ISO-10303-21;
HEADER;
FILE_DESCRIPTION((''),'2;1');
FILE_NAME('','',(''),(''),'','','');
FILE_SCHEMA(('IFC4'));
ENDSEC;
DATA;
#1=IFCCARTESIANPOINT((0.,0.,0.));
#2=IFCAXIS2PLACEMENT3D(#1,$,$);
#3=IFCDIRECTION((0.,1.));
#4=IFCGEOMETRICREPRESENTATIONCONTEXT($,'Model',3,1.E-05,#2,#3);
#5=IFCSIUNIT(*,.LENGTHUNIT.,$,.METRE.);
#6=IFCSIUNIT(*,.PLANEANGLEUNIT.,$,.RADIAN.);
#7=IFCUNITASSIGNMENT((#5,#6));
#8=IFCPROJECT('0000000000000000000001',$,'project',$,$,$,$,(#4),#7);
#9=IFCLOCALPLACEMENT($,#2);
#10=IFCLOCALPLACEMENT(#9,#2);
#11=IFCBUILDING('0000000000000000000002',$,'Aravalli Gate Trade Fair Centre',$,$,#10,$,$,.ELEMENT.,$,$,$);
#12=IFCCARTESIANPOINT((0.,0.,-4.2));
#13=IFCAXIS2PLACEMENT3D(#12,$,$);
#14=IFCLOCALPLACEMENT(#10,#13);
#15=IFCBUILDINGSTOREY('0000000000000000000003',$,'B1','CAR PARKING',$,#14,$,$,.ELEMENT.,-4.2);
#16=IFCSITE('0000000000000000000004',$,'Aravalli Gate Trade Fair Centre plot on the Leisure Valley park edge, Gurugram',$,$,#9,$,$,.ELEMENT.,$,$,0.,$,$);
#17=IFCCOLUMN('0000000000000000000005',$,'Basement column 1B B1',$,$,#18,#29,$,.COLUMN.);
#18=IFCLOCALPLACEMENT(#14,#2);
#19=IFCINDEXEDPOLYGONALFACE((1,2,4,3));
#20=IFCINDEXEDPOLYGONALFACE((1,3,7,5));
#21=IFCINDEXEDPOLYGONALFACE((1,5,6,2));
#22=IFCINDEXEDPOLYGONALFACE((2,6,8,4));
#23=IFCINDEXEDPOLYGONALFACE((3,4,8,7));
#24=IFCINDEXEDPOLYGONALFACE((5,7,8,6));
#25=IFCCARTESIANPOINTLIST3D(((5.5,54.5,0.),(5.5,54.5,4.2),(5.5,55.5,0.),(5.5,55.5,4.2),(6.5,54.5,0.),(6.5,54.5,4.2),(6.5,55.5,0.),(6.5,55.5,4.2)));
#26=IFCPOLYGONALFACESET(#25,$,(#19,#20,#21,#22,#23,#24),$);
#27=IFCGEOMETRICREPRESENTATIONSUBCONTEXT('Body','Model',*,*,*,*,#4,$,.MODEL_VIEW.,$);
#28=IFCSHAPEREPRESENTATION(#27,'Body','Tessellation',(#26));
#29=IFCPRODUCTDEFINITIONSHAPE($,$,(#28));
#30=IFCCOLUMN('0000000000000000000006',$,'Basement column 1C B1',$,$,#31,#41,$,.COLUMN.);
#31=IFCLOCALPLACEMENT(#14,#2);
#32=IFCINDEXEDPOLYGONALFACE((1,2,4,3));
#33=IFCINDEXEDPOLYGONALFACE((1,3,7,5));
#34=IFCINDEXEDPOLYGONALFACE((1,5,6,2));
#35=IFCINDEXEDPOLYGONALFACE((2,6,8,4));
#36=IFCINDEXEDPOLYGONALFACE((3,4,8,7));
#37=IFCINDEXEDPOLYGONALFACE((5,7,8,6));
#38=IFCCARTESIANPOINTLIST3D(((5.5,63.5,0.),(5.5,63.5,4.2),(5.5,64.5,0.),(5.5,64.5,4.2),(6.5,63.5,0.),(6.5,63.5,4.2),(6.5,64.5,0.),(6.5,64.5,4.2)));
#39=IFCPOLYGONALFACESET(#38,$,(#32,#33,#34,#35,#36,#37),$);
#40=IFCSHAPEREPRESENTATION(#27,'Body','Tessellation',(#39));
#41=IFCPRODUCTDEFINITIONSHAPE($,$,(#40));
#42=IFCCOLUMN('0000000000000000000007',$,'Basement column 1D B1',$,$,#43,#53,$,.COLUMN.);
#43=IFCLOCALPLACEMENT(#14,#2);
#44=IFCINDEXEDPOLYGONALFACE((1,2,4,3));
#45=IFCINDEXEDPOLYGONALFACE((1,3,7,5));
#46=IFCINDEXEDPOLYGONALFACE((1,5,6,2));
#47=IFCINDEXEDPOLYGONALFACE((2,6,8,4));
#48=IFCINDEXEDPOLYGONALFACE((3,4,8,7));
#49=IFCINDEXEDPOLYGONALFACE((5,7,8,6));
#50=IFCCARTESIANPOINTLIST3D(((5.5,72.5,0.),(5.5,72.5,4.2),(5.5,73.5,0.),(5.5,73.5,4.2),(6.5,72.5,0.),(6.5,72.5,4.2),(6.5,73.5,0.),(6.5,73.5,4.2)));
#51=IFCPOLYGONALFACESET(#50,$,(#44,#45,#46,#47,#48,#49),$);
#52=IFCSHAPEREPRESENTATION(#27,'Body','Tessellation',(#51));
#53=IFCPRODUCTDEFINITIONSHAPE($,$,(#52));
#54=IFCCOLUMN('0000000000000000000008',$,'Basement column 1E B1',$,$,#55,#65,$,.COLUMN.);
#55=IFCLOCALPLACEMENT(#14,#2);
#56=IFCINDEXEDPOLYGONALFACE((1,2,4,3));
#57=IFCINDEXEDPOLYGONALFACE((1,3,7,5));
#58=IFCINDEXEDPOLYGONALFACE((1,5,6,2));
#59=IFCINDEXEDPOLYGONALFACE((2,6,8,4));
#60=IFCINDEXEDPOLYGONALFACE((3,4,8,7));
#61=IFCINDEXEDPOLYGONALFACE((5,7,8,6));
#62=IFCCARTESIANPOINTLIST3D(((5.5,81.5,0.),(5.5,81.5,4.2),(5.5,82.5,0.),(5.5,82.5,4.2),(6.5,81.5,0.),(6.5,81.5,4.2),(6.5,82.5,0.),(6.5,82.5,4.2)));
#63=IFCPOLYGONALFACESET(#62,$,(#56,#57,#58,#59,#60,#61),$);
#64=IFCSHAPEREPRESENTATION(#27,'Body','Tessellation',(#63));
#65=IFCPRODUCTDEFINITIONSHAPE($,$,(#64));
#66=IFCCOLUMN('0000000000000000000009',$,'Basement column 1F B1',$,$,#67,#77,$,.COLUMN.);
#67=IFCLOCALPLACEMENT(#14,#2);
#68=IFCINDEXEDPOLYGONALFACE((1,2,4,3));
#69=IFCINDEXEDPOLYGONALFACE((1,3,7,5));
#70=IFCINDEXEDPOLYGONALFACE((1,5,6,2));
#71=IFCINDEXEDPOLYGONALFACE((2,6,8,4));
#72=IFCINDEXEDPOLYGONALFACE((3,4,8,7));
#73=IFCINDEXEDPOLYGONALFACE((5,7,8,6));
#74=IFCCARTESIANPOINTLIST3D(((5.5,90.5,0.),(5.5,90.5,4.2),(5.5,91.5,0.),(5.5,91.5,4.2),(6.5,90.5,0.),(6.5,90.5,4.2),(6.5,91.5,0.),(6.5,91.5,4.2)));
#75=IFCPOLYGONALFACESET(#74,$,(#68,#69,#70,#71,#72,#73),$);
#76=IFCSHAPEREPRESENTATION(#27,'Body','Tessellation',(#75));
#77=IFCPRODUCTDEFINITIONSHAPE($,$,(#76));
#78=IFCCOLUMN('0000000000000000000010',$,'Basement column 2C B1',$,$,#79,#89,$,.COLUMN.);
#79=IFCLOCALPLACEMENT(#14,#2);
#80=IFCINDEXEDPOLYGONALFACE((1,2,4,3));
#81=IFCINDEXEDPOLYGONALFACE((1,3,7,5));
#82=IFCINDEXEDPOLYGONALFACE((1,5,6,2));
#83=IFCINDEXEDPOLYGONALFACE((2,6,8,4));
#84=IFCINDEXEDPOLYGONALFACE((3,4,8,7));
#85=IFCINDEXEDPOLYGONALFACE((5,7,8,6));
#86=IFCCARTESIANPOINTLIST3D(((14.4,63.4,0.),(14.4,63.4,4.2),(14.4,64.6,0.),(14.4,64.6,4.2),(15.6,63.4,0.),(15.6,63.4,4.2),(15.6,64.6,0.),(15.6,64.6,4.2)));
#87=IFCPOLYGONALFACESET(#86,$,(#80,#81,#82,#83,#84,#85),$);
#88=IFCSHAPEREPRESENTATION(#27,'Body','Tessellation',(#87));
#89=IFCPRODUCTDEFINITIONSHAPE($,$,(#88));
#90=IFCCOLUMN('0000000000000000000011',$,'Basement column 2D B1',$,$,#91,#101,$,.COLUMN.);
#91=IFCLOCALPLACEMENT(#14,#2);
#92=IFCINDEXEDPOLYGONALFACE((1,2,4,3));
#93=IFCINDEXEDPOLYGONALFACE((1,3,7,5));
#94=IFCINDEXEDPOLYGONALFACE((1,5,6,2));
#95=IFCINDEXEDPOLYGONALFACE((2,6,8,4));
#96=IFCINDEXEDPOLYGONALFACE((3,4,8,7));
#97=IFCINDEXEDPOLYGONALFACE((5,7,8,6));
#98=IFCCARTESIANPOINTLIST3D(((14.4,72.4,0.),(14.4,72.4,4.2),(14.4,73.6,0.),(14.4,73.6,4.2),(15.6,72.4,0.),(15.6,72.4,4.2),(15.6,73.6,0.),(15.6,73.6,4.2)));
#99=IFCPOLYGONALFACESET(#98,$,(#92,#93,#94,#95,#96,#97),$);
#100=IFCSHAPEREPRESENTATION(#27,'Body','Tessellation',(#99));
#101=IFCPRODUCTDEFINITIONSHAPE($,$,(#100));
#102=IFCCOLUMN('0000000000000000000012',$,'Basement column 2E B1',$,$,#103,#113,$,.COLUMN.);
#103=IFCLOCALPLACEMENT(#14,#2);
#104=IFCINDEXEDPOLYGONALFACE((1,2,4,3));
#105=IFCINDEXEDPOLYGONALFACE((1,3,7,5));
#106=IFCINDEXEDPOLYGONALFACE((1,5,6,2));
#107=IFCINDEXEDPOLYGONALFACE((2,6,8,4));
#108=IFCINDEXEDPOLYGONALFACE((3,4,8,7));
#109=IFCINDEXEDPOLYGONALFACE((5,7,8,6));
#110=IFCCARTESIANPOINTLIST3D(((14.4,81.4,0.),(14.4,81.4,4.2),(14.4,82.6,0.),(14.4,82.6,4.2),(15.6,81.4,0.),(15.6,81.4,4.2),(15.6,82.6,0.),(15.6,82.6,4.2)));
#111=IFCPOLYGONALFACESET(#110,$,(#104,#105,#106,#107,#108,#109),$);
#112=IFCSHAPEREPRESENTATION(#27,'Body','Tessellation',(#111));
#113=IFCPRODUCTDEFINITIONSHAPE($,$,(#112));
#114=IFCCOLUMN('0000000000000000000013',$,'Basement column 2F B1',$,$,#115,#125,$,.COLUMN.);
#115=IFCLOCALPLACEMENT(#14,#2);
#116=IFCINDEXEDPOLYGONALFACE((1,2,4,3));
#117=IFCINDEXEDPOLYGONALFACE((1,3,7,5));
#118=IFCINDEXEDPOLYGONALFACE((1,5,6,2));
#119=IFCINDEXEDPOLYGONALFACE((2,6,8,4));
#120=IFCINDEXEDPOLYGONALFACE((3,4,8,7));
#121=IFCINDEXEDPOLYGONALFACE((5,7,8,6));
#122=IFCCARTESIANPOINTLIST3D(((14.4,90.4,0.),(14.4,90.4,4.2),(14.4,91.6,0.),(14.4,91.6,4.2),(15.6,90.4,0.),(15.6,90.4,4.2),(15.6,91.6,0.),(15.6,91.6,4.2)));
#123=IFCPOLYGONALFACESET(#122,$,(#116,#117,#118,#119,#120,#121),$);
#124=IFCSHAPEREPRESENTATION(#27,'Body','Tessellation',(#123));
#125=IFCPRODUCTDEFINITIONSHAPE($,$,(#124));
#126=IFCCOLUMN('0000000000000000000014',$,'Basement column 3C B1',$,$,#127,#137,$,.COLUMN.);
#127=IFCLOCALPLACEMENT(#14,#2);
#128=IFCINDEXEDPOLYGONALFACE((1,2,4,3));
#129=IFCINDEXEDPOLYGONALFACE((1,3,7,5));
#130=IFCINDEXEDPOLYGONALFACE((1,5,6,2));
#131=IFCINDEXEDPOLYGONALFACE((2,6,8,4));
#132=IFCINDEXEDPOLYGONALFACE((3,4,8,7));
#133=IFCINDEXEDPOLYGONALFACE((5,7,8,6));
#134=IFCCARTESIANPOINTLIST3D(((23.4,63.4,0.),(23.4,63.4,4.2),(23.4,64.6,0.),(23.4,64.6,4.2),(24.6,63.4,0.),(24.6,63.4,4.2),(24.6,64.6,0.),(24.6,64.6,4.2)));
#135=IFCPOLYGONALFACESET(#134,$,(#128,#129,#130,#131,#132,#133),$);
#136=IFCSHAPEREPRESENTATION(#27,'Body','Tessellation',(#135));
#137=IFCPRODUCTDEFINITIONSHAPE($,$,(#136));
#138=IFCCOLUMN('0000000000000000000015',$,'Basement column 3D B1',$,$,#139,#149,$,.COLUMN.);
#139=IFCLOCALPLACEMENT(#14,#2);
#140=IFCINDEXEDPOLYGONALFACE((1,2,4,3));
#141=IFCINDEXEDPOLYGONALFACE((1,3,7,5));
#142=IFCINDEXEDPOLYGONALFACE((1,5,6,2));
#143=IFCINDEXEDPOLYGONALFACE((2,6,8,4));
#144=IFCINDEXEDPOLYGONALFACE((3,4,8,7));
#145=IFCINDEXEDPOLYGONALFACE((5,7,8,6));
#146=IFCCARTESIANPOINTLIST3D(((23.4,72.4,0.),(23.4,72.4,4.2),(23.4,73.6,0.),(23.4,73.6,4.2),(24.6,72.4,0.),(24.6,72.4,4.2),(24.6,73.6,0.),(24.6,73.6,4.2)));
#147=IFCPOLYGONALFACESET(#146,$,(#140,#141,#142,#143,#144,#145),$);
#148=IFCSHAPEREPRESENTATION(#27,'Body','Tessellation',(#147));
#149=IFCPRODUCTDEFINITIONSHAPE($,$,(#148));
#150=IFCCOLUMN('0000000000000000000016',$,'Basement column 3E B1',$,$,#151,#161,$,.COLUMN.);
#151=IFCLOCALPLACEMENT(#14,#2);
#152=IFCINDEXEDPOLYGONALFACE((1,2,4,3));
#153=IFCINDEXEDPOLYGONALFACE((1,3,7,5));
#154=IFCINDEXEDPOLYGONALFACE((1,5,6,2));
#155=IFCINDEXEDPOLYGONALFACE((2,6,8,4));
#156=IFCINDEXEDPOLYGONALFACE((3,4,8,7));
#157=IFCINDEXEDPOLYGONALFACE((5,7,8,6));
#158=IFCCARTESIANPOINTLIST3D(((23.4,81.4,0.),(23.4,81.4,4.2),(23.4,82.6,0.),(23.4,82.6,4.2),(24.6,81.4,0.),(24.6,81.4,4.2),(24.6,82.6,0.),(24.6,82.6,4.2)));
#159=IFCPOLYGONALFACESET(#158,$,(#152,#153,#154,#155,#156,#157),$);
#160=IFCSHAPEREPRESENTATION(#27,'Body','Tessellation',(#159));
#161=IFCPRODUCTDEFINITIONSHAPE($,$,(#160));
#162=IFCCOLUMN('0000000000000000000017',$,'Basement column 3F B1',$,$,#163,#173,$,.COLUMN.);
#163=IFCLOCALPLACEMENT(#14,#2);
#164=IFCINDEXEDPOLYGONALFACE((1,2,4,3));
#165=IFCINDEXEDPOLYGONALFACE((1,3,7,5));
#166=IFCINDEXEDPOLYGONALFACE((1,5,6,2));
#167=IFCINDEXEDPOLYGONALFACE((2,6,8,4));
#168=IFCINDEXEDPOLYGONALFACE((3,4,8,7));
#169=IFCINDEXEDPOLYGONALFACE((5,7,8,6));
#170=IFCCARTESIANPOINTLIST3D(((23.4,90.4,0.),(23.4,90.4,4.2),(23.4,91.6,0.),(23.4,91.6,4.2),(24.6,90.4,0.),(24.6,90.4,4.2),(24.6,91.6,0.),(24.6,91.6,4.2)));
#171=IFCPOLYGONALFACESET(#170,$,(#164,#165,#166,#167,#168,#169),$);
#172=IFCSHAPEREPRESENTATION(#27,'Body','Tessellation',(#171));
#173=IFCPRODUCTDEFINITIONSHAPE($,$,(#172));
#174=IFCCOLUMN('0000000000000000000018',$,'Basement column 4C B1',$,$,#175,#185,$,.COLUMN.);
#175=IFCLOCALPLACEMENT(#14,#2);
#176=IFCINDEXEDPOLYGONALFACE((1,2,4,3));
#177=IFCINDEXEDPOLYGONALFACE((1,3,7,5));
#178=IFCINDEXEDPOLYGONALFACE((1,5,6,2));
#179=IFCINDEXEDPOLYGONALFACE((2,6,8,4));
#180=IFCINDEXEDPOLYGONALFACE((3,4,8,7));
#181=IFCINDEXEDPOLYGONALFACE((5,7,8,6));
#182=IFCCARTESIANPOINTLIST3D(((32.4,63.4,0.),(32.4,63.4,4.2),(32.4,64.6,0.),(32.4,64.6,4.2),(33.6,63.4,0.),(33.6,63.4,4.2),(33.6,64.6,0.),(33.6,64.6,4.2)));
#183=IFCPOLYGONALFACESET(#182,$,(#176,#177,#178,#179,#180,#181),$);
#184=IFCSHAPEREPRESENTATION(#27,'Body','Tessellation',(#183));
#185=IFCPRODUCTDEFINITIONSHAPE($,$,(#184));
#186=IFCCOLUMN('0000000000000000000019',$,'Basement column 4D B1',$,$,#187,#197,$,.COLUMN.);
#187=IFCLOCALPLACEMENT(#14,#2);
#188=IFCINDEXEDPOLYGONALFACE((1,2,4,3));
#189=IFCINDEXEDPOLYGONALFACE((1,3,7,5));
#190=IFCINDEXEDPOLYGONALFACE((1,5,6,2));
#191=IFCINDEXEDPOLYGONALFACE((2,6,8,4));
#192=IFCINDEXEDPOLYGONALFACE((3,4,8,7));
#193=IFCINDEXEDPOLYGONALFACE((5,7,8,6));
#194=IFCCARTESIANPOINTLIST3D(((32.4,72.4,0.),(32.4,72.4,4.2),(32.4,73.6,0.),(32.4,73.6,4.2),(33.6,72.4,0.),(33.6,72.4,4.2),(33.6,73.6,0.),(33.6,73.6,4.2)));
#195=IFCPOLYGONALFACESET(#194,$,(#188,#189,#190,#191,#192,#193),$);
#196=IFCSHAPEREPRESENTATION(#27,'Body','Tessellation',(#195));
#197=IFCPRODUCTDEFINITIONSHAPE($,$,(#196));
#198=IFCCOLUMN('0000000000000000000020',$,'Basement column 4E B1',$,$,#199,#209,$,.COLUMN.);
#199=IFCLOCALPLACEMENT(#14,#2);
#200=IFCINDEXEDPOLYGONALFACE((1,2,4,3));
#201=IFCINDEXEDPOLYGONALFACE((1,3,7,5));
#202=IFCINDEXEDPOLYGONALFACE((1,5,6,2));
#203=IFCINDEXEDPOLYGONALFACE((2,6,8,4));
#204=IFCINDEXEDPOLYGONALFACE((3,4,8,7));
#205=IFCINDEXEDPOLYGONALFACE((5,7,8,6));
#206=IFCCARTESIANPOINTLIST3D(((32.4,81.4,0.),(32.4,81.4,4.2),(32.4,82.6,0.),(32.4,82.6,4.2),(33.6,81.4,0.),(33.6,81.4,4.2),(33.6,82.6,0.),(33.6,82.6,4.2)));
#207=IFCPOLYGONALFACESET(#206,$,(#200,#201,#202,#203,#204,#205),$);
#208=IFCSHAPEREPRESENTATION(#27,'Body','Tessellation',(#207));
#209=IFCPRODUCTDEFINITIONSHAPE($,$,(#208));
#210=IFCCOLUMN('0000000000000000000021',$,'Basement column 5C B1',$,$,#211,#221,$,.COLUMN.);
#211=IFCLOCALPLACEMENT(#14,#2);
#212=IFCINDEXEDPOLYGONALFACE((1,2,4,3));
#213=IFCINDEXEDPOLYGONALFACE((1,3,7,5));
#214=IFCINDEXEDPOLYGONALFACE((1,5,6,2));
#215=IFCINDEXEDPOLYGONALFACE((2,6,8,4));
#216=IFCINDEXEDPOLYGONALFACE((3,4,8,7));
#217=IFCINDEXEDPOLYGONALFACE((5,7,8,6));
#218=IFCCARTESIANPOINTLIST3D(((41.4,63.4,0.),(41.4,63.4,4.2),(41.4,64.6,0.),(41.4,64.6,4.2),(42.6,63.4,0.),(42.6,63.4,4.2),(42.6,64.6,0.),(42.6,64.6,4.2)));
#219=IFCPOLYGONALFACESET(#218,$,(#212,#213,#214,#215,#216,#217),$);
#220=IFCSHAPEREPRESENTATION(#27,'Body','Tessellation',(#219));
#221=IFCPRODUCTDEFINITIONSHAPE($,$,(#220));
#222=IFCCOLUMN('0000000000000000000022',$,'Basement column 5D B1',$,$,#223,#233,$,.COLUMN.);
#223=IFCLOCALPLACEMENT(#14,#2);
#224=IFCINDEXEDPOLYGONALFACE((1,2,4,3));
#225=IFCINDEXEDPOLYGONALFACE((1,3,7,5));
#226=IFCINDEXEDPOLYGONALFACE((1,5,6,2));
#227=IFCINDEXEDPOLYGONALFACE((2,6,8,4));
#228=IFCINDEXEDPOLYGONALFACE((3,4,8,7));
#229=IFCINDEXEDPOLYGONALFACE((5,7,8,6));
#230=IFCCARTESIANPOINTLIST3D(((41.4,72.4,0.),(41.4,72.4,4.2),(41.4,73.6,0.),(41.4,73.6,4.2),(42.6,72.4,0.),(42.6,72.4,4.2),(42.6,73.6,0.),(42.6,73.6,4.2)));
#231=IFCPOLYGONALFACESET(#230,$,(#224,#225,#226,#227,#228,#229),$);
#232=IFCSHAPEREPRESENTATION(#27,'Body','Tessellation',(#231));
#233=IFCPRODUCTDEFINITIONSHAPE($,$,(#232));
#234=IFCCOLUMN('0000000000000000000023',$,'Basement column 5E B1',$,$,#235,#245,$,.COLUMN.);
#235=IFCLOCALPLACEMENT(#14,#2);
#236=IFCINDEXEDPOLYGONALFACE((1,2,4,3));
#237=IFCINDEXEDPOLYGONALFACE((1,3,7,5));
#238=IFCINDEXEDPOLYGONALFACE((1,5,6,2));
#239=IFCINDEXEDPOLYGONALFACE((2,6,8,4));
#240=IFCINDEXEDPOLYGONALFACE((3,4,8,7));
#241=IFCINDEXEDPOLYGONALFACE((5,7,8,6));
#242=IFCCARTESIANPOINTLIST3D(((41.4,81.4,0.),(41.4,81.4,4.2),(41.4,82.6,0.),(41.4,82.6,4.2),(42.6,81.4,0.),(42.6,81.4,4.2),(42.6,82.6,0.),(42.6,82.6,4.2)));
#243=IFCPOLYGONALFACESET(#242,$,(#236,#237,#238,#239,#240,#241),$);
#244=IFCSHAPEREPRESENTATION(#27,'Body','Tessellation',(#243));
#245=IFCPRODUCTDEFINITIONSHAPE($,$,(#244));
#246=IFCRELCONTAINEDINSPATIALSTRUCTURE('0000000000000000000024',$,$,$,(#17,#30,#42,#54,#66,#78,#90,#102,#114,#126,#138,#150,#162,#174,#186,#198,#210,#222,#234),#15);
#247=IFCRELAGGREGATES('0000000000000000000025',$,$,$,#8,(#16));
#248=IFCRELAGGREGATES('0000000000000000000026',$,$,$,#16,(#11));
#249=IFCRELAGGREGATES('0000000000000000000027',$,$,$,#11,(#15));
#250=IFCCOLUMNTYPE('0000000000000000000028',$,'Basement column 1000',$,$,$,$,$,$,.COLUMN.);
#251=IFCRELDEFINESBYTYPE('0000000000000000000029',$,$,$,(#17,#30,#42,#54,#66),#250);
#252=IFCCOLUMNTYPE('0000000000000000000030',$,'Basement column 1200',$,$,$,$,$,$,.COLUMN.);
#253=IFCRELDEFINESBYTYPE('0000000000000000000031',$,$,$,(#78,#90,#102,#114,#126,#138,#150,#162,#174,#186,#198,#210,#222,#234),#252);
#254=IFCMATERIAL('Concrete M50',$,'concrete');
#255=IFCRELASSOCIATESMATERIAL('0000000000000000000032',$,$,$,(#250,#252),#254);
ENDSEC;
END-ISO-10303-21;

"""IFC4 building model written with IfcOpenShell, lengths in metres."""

from ifc_helpers import new_model, si_unit, direction, frame, origin, origin_2d, place, context, subcontext, project, spatial, rectangle, extrude, material, material_profile, profile_set, type_object, element, save


model = new_model("IFC4")

# Units and contexts
model_context = context("Model", 3, precision=1e-05, world=origin(), true_north=direction((0.0, 1.0)))
body_context = subcontext(model_context, "Body", "Model", "MODEL_VIEW")
ifc_project = project(units=[si_unit("LENGTHUNIT", "METRE"), si_unit("PLANEANGLEUNIT", "RADIAN")], contexts=[model_context])

# Site, building, storey
site_placement = place(None, origin())
site = spatial("IfcSite", under=ifc_project, at=site_placement, Name="Aravalli Gate Trade Fair Centre plot on the Leisure Valley park edge, Gurugram", CompositionType="ELEMENT", RefElevation=0.0)
building_placement = place(site_placement, origin())
building = spatial("IfcBuilding", under=site, at=building_placement, Name="Aravalli Gate Trade Fair Centre", CompositionType="ELEMENT")
storey_placement = place(building_placement, frame((0.0, 0.0, -4.2)))
storey = spatial("IfcBuildingStorey", under=building, at=storey_placement, Name="B1", Description="CAR PARKING", CompositionType="ELEMENT", Elevation=-4.2)

# Columns
ifc_material_1 = material(Name="Concrete M50", Category="concrete")
ifc_material_profile_1 = material_profile(ifc_material_1, rectangle(XDim=1.0, YDim=1.0, at=origin_2d()), Name="RC 1000 x 1000")
ifc_profile_set_1 = profile_set([ifc_material_profile_1], Name="Concrete M50")
column_type_1 = type_object("IfcColumnType", Name="Basement column 1000", PredefinedType="COLUMN", material=ifc_profile_set_1)
for number, where, z_axis, x_axis, name in (
    (1, (6.0, 55.0, 0.0), (0.0, 0.0, 1.0), (1.0, 0.0, 0.0), "Basement column 1B B1"),
    (2, (6.0, 64.0, 0.0), (0.0, 0.0, 1.0), (1.0, 0.0, 0.0), "Basement column 1C B1"),
    (3, (6.0, 73.0, 0.0), (0.0, 0.0, 1.0), (1.0, 0.0, 0.0), "Basement column 1D B1"),
    (4, (6.0, 82.0, 0.0), (0.0, 0.0, 1.0), (1.0, 0.0, 0.0), "Basement column 1E B1"),
    (5, (6.0, 91.0, 0.0), (0.0, 0.0, 1.0), (1.0, 0.0, 0.0), "Basement column 1F B1"),
):
    element("IfcColumn", number, at=place(storey_placement, frame(where, z_axis=z_axis, x_axis=x_axis)), inside=storey, type_object=column_type_1, Name=name, PredefinedType="COLUMN", context=body_context, shape_type="SweptSolid", body=[
        extrude(rectangle(XDim=1.0, YDim=1.0, at=origin_2d()), origin(), (0.0, 0.0, 1.0), 4.2),
    ])
ifc_material_profile_2 = material_profile(ifc_material_1, rectangle(XDim=1.2, YDim=1.2, at=origin_2d()), Name="RC 1200 x 1200")
ifc_profile_set_2 = profile_set([ifc_material_profile_2], Name="Concrete M50")
column_type_2 = type_object("IfcColumnType", Name="Basement column 1200", PredefinedType="COLUMN", material=ifc_profile_set_2)
for number, where, z_axis, x_axis, name in (
    (6, (15.0, 64.0, 0.0), (0.0, 0.0, 1.0), (1.0, 0.0, 0.0), "Basement column 2C B1"),
    (7, (15.0, 73.0, 0.0), (0.0, 0.0, 1.0), (1.0, 0.0, 0.0), "Basement column 2D B1"),
    (8, (15.0, 82.0, 0.0), (0.0, 0.0, 1.0), (1.0, 0.0, 0.0), "Basement column 2E B1"),
    (9, (15.0, 91.0, 0.0), (0.0, 0.0, 1.0), (1.0, 0.0, 0.0), "Basement column 2F B1"),
    (10, (24.0, 64.0, 0.0), (0.0, 0.0, 1.0), (1.0, 0.0, 0.0), "Basement column 3C B1"),
    (11, (24.0, 73.0, 0.0), (0.0, 0.0, 1.0), (1.0, 0.0, 0.0), "Basement column 3D B1"),
    (12, (24.0, 82.0, 0.0), (0.0, 0.0, 1.0), (1.0, 0.0, 0.0), "Basement column 3E B1"),
    (13, (24.0, 91.0, 0.0), (0.0, 0.0, 1.0), (1.0, 0.0, 0.0), "Basement column 3F B1"),
    (14, (33.0, 64.0, 0.0), (0.0, 0.0, 1.0), (1.0, 0.0, 0.0), "Basement column 4C B1"),
    (15, (33.0, 73.0, 0.0), (0.0, 0.0, 1.0), (1.0, 0.0, 0.0), "Basement column 4D B1"),
    (16, (33.0, 82.0, 0.0), (0.0, 0.0, 1.0), (1.0, 0.0, 0.0), "Basement column 4E B1"),
    (17, (42.0, 64.0, 0.0), (0.0, 0.0, 1.0), (1.0, 0.0, 0.0), "Basement column 5C B1"),
    (18, (42.0, 73.0, 0.0), (0.0, 0.0, 1.0), (1.0, 0.0, 0.0), "Basement column 5D B1"),
    (19, (42.0, 82.0, 0.0), (0.0, 0.0, 1.0), (1.0, 0.0, 0.0), "Basement column 5E B1"),
):
    element("IfcColumn", number, at=place(storey_placement, frame(where, z_axis=z_axis, x_axis=x_axis)), inside=storey, type_object=column_type_2, Name=name, PredefinedType="COLUMN", context=body_context, shape_type="SweptSolid", body=[
        extrude(rectangle(XDim=1.2, YDim=1.2, at=origin_2d()), origin(), (0.0, 0.0, 1.0), 4.2),
    ])

save(model, "model.ifc")
